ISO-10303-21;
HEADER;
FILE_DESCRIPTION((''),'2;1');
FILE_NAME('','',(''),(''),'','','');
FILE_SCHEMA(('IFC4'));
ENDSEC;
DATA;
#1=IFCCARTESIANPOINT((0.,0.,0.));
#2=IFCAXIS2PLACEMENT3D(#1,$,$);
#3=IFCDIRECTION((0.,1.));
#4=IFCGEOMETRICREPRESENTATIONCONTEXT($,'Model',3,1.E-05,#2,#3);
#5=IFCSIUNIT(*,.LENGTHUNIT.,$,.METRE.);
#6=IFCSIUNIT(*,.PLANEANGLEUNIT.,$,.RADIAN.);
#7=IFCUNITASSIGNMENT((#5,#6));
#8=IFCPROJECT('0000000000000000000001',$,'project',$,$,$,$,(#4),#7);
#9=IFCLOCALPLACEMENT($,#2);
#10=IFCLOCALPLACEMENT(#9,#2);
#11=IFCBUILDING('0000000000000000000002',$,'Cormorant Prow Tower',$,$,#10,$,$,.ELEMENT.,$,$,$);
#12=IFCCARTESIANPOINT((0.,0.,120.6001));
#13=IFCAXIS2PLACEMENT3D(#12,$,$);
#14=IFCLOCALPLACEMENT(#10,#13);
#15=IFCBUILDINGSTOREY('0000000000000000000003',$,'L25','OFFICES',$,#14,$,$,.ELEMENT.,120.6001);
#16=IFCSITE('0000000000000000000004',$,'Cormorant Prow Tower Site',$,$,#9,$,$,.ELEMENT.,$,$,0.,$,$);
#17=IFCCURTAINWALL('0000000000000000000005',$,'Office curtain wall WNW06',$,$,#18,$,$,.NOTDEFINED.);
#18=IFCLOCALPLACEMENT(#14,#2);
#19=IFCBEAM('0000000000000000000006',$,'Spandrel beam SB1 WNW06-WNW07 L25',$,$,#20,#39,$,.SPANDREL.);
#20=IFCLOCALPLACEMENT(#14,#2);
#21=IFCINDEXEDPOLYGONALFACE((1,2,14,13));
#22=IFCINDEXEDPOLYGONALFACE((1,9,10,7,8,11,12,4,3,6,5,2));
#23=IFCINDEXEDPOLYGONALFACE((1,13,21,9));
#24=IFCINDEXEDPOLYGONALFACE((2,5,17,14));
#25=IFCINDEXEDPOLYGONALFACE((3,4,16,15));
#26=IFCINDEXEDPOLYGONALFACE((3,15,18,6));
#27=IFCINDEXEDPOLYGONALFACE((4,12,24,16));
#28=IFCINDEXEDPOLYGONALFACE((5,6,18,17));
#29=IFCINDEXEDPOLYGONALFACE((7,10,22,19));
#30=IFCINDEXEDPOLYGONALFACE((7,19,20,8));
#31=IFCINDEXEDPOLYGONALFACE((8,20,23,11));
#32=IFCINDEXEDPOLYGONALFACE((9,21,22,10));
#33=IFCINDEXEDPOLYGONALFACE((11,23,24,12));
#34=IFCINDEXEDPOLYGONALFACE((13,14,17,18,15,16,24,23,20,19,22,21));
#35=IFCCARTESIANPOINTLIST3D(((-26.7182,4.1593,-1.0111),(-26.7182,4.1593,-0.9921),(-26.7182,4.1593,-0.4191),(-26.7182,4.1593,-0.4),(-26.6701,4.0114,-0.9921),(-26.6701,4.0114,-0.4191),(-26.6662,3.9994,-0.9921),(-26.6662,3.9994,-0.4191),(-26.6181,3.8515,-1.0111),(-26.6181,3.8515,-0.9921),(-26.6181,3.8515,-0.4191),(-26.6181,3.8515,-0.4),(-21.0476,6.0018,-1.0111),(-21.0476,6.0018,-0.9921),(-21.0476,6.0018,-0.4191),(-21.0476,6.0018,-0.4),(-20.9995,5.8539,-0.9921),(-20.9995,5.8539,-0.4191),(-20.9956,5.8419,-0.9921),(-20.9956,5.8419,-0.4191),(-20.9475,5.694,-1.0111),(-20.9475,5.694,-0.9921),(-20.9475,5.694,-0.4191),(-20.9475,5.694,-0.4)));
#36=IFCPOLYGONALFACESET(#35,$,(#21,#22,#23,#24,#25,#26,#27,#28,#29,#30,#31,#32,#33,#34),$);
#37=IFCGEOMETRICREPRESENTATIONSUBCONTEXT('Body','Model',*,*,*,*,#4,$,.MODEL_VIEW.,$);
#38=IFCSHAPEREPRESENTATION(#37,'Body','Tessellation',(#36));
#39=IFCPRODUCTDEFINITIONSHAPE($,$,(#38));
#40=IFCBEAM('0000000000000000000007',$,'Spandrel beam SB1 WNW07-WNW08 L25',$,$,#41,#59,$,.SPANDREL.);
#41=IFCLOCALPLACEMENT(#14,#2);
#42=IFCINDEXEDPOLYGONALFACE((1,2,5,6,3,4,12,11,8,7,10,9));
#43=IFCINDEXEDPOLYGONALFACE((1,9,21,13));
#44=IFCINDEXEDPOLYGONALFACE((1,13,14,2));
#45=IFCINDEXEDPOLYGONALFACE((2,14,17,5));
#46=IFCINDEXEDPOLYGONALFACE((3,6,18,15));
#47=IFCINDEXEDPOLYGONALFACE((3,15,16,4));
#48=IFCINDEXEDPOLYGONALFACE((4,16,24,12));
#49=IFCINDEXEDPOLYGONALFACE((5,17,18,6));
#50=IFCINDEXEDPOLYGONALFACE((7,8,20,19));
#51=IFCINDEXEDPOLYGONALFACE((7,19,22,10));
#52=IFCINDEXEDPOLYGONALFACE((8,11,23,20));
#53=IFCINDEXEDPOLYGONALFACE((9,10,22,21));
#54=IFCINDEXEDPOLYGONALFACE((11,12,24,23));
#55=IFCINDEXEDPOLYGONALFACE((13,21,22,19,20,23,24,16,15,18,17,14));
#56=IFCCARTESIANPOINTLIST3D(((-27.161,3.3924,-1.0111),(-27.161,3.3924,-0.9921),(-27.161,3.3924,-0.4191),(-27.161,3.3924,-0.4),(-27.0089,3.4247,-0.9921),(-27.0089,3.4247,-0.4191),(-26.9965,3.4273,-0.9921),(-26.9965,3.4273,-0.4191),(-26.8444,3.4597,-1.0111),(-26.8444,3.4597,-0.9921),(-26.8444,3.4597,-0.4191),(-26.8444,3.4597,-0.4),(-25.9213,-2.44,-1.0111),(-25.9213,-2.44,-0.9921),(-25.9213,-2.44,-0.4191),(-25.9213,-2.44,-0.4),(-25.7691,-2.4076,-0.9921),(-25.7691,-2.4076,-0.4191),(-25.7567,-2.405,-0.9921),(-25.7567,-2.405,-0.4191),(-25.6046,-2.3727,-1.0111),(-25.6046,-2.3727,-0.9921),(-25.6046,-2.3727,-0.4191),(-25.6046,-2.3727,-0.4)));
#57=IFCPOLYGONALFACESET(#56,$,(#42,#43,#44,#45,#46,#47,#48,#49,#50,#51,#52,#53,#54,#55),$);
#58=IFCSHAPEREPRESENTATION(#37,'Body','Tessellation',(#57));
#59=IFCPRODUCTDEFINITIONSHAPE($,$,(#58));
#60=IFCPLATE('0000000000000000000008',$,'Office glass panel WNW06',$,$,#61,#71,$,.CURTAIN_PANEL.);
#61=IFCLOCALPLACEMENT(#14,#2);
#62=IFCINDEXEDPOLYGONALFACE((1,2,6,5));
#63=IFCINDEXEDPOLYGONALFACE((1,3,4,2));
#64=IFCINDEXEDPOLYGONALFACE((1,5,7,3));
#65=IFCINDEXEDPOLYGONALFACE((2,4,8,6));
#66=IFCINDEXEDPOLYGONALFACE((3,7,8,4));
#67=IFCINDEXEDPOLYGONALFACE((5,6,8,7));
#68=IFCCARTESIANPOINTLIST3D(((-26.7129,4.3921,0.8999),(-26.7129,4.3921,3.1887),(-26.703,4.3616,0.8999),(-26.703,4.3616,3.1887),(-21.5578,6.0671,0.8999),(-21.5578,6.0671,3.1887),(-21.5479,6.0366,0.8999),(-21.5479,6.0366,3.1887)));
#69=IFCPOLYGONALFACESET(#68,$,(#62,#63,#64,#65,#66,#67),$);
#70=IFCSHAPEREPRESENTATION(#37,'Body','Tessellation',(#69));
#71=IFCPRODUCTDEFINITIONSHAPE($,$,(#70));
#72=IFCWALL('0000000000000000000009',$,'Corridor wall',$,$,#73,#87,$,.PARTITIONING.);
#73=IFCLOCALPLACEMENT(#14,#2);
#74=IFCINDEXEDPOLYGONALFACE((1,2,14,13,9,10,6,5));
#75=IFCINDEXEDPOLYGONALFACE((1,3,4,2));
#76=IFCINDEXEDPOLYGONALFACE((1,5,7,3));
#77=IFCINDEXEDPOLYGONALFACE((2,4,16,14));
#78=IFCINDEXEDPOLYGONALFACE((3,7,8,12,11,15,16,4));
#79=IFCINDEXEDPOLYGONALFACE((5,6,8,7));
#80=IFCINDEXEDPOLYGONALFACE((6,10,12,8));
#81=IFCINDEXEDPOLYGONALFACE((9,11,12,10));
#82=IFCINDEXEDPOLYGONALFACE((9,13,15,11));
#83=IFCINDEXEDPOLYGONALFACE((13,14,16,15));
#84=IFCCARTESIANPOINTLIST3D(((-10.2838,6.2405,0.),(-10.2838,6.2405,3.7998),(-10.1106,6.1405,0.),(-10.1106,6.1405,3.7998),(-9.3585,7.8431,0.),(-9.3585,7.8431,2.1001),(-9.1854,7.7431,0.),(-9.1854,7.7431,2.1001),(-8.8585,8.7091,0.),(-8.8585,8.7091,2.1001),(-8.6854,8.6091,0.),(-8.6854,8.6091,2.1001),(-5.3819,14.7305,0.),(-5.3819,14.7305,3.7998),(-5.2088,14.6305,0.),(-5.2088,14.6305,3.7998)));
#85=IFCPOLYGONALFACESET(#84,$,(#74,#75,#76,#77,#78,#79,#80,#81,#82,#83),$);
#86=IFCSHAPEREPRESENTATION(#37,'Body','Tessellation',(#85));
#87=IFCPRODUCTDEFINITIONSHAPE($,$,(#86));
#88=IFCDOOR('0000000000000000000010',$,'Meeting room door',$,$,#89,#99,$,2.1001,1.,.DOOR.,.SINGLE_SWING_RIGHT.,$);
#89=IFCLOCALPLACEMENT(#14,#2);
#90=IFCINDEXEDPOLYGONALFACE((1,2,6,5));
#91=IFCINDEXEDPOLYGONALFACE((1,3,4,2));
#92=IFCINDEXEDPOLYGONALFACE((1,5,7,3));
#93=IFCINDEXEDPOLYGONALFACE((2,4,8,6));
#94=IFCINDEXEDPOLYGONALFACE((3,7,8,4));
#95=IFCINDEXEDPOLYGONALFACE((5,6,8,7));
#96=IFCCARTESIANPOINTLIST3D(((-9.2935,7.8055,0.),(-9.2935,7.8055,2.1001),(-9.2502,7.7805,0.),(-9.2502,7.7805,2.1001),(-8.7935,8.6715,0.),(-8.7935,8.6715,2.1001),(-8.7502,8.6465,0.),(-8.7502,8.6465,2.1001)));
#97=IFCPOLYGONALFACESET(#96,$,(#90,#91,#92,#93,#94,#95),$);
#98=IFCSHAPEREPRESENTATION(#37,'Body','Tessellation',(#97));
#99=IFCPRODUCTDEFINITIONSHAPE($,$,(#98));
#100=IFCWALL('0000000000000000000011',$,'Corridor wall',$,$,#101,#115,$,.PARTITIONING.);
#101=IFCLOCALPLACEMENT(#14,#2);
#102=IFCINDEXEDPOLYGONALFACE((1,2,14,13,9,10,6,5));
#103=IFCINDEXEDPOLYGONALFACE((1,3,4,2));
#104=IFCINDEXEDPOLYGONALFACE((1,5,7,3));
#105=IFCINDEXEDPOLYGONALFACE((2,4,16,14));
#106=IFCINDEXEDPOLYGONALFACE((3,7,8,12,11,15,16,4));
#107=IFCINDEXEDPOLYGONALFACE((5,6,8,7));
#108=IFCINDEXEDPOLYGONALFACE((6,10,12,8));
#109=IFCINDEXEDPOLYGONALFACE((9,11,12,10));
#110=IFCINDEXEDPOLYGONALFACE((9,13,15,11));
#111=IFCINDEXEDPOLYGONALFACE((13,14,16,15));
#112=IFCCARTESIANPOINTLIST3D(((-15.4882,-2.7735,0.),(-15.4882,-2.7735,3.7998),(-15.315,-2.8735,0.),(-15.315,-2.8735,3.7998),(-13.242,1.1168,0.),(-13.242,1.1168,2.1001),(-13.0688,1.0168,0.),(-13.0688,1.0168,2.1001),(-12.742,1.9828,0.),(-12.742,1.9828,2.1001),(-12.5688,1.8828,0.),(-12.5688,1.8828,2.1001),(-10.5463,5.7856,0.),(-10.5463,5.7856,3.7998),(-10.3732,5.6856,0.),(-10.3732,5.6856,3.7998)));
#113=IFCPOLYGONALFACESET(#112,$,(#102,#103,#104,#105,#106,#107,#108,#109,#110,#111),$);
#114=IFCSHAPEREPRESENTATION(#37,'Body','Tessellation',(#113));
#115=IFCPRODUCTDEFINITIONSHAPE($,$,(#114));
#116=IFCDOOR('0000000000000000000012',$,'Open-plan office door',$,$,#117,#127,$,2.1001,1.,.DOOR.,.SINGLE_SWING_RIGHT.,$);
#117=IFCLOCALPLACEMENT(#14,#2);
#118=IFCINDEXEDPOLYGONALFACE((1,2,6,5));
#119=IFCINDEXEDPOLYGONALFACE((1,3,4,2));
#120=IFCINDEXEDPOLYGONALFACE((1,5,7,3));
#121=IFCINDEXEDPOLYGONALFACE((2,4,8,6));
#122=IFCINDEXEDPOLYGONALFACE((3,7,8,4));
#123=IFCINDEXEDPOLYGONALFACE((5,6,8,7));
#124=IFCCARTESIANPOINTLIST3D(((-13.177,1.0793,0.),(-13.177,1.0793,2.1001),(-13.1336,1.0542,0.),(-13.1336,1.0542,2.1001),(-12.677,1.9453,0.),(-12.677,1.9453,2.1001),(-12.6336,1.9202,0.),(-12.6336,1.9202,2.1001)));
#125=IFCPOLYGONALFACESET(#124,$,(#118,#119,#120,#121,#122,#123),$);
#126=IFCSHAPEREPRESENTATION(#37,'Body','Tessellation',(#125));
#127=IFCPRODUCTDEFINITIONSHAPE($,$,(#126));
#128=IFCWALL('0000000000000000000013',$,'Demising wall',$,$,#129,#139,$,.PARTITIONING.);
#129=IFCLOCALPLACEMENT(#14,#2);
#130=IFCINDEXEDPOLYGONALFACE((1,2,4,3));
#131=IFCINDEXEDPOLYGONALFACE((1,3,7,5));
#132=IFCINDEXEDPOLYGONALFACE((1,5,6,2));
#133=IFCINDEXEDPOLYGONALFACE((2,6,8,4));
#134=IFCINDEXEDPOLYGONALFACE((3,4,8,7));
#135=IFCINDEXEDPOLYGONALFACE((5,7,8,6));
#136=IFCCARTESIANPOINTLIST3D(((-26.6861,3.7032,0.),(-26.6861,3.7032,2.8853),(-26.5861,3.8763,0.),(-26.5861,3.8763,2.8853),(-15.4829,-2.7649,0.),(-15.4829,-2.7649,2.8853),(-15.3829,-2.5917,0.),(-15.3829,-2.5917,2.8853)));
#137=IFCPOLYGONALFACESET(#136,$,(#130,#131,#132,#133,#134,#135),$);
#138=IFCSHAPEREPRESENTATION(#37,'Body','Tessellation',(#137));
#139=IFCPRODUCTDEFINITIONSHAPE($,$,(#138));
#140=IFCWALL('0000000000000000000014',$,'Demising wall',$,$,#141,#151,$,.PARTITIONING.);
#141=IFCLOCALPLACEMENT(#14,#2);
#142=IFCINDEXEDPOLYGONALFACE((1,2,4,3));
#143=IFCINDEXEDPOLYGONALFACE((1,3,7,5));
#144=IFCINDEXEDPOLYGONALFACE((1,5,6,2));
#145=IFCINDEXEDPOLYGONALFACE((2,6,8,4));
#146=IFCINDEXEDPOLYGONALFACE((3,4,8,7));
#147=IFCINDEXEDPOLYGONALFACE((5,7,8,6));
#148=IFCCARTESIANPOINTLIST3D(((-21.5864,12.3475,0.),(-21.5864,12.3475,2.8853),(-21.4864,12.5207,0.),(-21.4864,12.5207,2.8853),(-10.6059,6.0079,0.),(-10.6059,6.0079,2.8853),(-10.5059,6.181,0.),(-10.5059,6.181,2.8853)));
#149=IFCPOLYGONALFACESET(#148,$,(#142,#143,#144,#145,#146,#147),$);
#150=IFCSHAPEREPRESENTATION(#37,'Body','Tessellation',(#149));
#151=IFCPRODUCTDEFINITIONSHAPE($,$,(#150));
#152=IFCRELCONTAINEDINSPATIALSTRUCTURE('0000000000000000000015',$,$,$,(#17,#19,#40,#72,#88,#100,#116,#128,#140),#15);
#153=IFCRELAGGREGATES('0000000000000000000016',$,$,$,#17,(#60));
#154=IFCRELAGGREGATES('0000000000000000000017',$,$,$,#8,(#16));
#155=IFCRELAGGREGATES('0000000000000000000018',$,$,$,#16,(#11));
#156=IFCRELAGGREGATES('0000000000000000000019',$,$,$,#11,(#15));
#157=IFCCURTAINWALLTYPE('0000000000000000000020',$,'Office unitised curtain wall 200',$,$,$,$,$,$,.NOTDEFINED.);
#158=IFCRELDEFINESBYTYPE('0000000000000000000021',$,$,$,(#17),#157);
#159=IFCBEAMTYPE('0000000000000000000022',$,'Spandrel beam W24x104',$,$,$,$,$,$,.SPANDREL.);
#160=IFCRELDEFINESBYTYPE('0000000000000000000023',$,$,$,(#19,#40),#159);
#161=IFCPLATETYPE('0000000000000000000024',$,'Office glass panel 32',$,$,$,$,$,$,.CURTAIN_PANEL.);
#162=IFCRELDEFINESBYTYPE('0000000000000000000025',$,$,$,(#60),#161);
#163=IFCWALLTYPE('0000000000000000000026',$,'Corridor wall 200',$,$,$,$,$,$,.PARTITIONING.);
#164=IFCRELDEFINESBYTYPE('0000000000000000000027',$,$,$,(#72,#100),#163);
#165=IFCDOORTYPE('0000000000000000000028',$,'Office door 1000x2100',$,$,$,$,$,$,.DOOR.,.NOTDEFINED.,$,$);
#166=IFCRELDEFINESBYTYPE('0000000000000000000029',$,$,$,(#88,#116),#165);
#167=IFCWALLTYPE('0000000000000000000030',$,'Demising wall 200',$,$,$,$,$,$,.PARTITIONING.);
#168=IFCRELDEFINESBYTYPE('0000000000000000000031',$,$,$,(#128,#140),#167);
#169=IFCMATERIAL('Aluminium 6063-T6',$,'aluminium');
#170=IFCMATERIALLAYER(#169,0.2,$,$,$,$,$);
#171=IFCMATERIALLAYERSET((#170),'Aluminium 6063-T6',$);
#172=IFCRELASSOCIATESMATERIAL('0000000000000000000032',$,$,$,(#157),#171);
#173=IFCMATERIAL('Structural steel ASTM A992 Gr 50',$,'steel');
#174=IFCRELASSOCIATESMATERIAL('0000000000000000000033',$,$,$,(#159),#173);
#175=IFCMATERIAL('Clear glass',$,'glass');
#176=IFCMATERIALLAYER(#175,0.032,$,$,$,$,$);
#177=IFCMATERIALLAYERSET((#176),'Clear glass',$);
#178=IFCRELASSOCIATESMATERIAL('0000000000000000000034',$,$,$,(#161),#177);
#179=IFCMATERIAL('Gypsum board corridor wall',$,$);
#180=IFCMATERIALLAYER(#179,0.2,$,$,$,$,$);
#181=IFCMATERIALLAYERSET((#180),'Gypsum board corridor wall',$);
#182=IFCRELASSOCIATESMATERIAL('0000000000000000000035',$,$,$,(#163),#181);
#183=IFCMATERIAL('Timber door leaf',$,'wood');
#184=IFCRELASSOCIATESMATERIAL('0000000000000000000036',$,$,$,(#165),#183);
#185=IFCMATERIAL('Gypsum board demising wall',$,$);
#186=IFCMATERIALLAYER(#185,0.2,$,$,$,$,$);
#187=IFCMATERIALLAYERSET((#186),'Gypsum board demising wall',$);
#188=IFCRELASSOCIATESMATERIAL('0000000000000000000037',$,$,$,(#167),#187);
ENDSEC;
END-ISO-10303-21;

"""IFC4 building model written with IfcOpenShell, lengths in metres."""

from ifc_helpers import new_model, si_unit, direction, frame, frame_2d, origin, origin_2d, place, context, subcontext, project, spatial, rectangle, i_section, extrude, material, layer, layer_set, material_profile, profile_set, type_object, element, fill, aggregate, save


model = new_model("IFC4")

# Units and contexts
model_context = context("Model", 3, precision=1e-05, world=origin(), true_north=direction((0.0, 1.0)))
body_context = subcontext(model_context, "Body", "Model", "MODEL_VIEW")
ifc_project = project(units=[si_unit("LENGTHUNIT", "METRE"), si_unit("PLANEANGLEUNIT", "RADIAN")], contexts=[model_context])

# Site, building, storey
site_placement = place(None, origin())
site = spatial("IfcSite", under=ifc_project, at=site_placement, Name="Cormorant Prow Tower Site", CompositionType="ELEMENT", RefElevation=0.0)
building_placement = place(site_placement, origin())
building = spatial("IfcBuilding", under=site, at=building_placement, Name="Cormorant Prow Tower", CompositionType="ELEMENT")
storey_placement = place(building_placement, frame((0.0, 0.0, 120.6001)))
storey = spatial("IfcBuildingStorey", under=building, at=storey_placement, Name="L25", Description="OFFICES", CompositionType="ELEMENT", Elevation=120.6001)

# Curtain wall
ifc_material_1 = material(Name="Aluminium 6063-T6", Category="aluminium")
ifc_layer_1 = layer(ifc_material_1, 0.2)
ifc_layer_set_1 = layer_set([ifc_layer_1], Name="Aluminium 6063-T6")
curtain_wall_type = type_object("IfcCurtainWallType", Name="Office unitised curtain wall 200", PredefinedType="NOTDEFINED", material=ifc_layer_set_1)
curtain_wall_1_placement = place(storey_placement, origin())
curtain_wall_1 = element("IfcCurtainWall", 1, at=curtain_wall_1_placement, inside=storey, type_object=curtain_wall_type, Name="Office curtain wall WNW06", PredefinedType="NOTDEFINED")

# Beams
ifc_material_2 = material(Name="Structural steel ASTM A992 Gr 50", Category="steel")
ifc_material_profile_1 = material_profile(ifc_material_2, i_section(OverallWidth=0.3237, OverallDepth=0.6111, WebThickness=0.0127, FlangeThickness=0.019, at=origin_2d()), Name="W24x104")
ifc_profile_set_1 = profile_set([ifc_material_profile_1], Name="Structural steel ASTM A992 Gr 50")
beam_type_1 = type_object("IfcBeamType", Name="Spandrel beam W24x104", PredefinedType="SPANDREL", material=ifc_profile_set_1)
beam_1_placement = place(storey_placement, frame((-20.9976, 5.8479, -0.7056), z_axis=(-0.951055, -0.30902, 0.0), x_axis=(0.30902, -0.951055, 0.0)))
element("IfcBeam", 2, at=beam_1_placement, inside=storey, type_object=beam_type_1, Name="Spandrel beam SB1 WNW06-WNW07 L25", PredefinedType="SPANDREL", context=body_context, shape_type="SweptSolid", body=[
    extrude(i_section(OverallWidth=0.3237, OverallDepth=0.6111, WebThickness=0.0127, FlangeThickness=0.019, at=origin_2d()), origin(), (0.0, 0.0, 1.0), 5.9624),
])
beam_2_placement = place(storey_placement, frame((-27.0027, 3.426, -0.7056), z_axis=(0.207921, -0.978146, 0.0), x_axis=(0.978146, 0.207921, 0.0)))
element("IfcBeam", 3, at=beam_2_placement, inside=storey, type_object=beam_type_1, Name="Spandrel beam SB1 WNW07-WNW08 L25", PredefinedType="SPANDREL", context=body_context, shape_type="SweptSolid", body=[
    extrude(i_section(OverallWidth=0.3237, OverallDepth=0.6111, WebThickness=0.0127, FlangeThickness=0.019, at=origin_2d()), origin(), (0.0, 0.0, 1.0), 5.9626),
])

# Plate
ifc_material_3 = material(Name="Clear glass", Category="glass")
ifc_layer_2 = layer(ifc_material_3, 0.032)
ifc_layer_set_2 = layer_set([ifc_layer_2], Name="Clear glass")
plate_type = type_object("IfcPlateType", Name="Office glass panel 32", PredefinedType="CURTAIN_PANEL", material=ifc_layer_set_2)
plate_placement = place(storey_placement, frame((-24.1304, 5.2144, 0.8999), z_axis=(0.0, 0.0, 1.0), x_axis=(-0.951057, -0.309017, 0.0)))
plate = element("IfcPlate", 4, at=plate_placement, type_object=plate_type, Name="Office glass panel WNW06", PredefinedType="CURTAIN_PANEL", context=body_context, shape_type="SweptSolid", body=[
    extrude(rectangle(XDim=5.4204, YDim=0.032, at=origin_2d()), origin(), (0.0, 0.0, 1.0), 2.2888),
])
aggregate(curtain_wall_1, [plate])

# Walls, openings, doors
ifc_material_4 = material(Name="Gypsum board corridor wall")
ifc_layer_3 = layer(ifc_material_4, 0.2)
ifc_layer_set_3 = layer_set([ifc_layer_3], Name="Gypsum board corridor wall")
wall_type_1 = type_object("IfcWallType", Name="Corridor wall 200", PredefinedType="PARTITIONING", material=ifc_layer_set_3)
wall_1_placement = place(storey_placement, frame((-10.1973, 6.1904, 0.0), z_axis=(0.0, 0.0, 1.0), x_axis=(0.500012, 0.866018, 0.0)))
wall_1 = element("IfcWall", 5, at=wall_1_placement, inside=storey, type_object=wall_type_1, Name="Corridor wall", PredefinedType="PARTITIONING", context=body_context, shape_type="SweptSolid", body=[
    extrude(rectangle(XDim=9.8035, YDim=0.2, at=frame_2d((4.9019, 0.0))), origin(), (0.0, 0.0, 1.0), 3.7998),
])
opening_1_placement = place(wall_1_placement, frame((1.8506, 0.0, 0.0)))
opening_1 = element("IfcOpeningElement", 6, at=opening_1_placement, cuts=wall_1, PredefinedType="OPENING", context=body_context, shape_type="SweptSolid", body=[
    extrude(rectangle(XDim=1.0, YDim=2.1001, at=frame_2d((0.5, 1.05))), frame((0.0, 0.1099, 0.0), z_axis=(0.0, -1.0, 0.0), x_axis=(1.0, 0.0, 0.0)), (0.0, 0.0, 1.0), 0.22),
])
ifc_material_5 = material(Name="Timber door leaf", Category="wood")
door_type_1 = type_object("IfcDoorType", Name="Office door 1000x2100", OperationType="NOTDEFINED", PredefinedType="DOOR", material=ifc_material_5)
door_1_placement = place(opening_1_placement, origin())
door_1 = element("IfcDoor", 7, at=door_1_placement, inside=storey, type_object=door_type_1, Name="Meeting room door", OperationType="SINGLE_SWING_RIGHT", OverallHeight=2.1001, OverallWidth=1.0, PredefinedType="DOOR", context=body_context, shape_type="SweptSolid", body=[
    extrude(rectangle(XDim=1.0, YDim=2.1001, at=frame_2d((0.5, 1.05))), frame((0.0, 0.0249, 0.0), z_axis=(0.0, -1.0, 0.0), x_axis=(1.0, 0.0, 0.0)), (0.0, 0.0, 1.0), 0.05),
])
fill(opening_1, door_1)
wall_2_placement = place(storey_placement, frame((-15.4016, -2.8235, 0.0), z_axis=(0.0, 0.0, 1.0), x_axis=(0.500023, 0.866012, 0.0)))
wall_2 = element("IfcWall", 8, at=wall_2_placement, inside=storey, type_object=wall_type_1, Name="Corridor wall", PredefinedType="PARTITIONING", context=body_context, shape_type="SweptSolid", body=[
    extrude(rectangle(XDim=9.8833, YDim=0.2, at=frame_2d((4.9417, 0.0))), origin(), (0.0, 0.0, 1.0), 3.7998),
])
opening_2_placement = place(wall_2_placement, frame((4.4922, 0.0, 0.0)))
opening_2 = element("IfcOpeningElement", 9, at=opening_2_placement, cuts=wall_2, PredefinedType="OPENING", context=body_context, shape_type="SweptSolid", body=[
    extrude(rectangle(XDim=1.0, YDim=2.1001, at=frame_2d((0.5, 1.05))), frame((0.0, 0.1099, 0.0), z_axis=(0.0, -1.0, 0.0), x_axis=(1.0, 0.0, 0.0)), (0.0, 0.0, 1.0), 0.22),
])
door_2_placement = place(opening_2_placement, origin())
door_2 = element("IfcDoor", 10, at=door_2_placement, inside=storey, type_object=door_type_1, Name="Open-plan office door", OperationType="SINGLE_SWING_RIGHT", OverallHeight=2.1001, OverallWidth=1.0, PredefinedType="DOOR", context=body_context, shape_type="SweptSolid", body=[
    extrude(rectangle(XDim=1.0, YDim=2.1001, at=frame_2d((0.5, 1.05))), frame((0.0, 0.0249, 0.0), z_axis=(0.0, -1.0, 0.0), x_axis=(1.0, 0.0, 0.0)), (0.0, 0.0, 1.0), 0.05),
])
fill(opening_2, door_2)

# Walls
ifc_material_6 = material(Name="Gypsum board demising wall")
ifc_layer_4 = layer(ifc_material_6, 0.2)
ifc_layer_set_4 = layer_set([ifc_layer_4], Name="Gypsum board demising wall")
wall_type_2 = type_object("IfcWallType", Name="Demising wall 200", PredefinedType="PARTITIONING", material=ifc_layer_set_4)
wall_3_placement = place(storey_placement, frame((-26.6362, 3.7898, 0.0), z_axis=(0.0, 0.0, 1.0), x_axis=(0.866029, -0.499994, 0.0)))
element("IfcWall", 11, at=wall_3_placement, inside=storey, type_object=wall_type_2, Name="Demising wall", PredefinedType="PARTITIONING", context=body_context, shape_type="SweptSolid", body=[
    extrude(rectangle(XDim=12.9363, YDim=0.2, at=frame_2d((6.4683, 0.0))), origin(), (0.0, 0.0, 1.0), 2.8853),
])
wall_4_placement = place(storey_placement, frame((-21.5364, 12.4341, 0.0), z_axis=(0.0, 0.0, 1.0), x_axis=(0.866025, -0.500001, 0.0)))
element("IfcWall", 12, at=wall_4_placement, inside=storey, type_object=wall_type_2, Name="Demising wall", PredefinedType="PARTITIONING", context=body_context, shape_type="SweptSolid", body=[
    extrude(rectangle(XDim=12.6792, YDim=0.2, at=frame_2d((6.3396, 0.0))), origin(), (0.0, 0.0, 1.0), 2.8853),
])

save(model, "model.ifc")
